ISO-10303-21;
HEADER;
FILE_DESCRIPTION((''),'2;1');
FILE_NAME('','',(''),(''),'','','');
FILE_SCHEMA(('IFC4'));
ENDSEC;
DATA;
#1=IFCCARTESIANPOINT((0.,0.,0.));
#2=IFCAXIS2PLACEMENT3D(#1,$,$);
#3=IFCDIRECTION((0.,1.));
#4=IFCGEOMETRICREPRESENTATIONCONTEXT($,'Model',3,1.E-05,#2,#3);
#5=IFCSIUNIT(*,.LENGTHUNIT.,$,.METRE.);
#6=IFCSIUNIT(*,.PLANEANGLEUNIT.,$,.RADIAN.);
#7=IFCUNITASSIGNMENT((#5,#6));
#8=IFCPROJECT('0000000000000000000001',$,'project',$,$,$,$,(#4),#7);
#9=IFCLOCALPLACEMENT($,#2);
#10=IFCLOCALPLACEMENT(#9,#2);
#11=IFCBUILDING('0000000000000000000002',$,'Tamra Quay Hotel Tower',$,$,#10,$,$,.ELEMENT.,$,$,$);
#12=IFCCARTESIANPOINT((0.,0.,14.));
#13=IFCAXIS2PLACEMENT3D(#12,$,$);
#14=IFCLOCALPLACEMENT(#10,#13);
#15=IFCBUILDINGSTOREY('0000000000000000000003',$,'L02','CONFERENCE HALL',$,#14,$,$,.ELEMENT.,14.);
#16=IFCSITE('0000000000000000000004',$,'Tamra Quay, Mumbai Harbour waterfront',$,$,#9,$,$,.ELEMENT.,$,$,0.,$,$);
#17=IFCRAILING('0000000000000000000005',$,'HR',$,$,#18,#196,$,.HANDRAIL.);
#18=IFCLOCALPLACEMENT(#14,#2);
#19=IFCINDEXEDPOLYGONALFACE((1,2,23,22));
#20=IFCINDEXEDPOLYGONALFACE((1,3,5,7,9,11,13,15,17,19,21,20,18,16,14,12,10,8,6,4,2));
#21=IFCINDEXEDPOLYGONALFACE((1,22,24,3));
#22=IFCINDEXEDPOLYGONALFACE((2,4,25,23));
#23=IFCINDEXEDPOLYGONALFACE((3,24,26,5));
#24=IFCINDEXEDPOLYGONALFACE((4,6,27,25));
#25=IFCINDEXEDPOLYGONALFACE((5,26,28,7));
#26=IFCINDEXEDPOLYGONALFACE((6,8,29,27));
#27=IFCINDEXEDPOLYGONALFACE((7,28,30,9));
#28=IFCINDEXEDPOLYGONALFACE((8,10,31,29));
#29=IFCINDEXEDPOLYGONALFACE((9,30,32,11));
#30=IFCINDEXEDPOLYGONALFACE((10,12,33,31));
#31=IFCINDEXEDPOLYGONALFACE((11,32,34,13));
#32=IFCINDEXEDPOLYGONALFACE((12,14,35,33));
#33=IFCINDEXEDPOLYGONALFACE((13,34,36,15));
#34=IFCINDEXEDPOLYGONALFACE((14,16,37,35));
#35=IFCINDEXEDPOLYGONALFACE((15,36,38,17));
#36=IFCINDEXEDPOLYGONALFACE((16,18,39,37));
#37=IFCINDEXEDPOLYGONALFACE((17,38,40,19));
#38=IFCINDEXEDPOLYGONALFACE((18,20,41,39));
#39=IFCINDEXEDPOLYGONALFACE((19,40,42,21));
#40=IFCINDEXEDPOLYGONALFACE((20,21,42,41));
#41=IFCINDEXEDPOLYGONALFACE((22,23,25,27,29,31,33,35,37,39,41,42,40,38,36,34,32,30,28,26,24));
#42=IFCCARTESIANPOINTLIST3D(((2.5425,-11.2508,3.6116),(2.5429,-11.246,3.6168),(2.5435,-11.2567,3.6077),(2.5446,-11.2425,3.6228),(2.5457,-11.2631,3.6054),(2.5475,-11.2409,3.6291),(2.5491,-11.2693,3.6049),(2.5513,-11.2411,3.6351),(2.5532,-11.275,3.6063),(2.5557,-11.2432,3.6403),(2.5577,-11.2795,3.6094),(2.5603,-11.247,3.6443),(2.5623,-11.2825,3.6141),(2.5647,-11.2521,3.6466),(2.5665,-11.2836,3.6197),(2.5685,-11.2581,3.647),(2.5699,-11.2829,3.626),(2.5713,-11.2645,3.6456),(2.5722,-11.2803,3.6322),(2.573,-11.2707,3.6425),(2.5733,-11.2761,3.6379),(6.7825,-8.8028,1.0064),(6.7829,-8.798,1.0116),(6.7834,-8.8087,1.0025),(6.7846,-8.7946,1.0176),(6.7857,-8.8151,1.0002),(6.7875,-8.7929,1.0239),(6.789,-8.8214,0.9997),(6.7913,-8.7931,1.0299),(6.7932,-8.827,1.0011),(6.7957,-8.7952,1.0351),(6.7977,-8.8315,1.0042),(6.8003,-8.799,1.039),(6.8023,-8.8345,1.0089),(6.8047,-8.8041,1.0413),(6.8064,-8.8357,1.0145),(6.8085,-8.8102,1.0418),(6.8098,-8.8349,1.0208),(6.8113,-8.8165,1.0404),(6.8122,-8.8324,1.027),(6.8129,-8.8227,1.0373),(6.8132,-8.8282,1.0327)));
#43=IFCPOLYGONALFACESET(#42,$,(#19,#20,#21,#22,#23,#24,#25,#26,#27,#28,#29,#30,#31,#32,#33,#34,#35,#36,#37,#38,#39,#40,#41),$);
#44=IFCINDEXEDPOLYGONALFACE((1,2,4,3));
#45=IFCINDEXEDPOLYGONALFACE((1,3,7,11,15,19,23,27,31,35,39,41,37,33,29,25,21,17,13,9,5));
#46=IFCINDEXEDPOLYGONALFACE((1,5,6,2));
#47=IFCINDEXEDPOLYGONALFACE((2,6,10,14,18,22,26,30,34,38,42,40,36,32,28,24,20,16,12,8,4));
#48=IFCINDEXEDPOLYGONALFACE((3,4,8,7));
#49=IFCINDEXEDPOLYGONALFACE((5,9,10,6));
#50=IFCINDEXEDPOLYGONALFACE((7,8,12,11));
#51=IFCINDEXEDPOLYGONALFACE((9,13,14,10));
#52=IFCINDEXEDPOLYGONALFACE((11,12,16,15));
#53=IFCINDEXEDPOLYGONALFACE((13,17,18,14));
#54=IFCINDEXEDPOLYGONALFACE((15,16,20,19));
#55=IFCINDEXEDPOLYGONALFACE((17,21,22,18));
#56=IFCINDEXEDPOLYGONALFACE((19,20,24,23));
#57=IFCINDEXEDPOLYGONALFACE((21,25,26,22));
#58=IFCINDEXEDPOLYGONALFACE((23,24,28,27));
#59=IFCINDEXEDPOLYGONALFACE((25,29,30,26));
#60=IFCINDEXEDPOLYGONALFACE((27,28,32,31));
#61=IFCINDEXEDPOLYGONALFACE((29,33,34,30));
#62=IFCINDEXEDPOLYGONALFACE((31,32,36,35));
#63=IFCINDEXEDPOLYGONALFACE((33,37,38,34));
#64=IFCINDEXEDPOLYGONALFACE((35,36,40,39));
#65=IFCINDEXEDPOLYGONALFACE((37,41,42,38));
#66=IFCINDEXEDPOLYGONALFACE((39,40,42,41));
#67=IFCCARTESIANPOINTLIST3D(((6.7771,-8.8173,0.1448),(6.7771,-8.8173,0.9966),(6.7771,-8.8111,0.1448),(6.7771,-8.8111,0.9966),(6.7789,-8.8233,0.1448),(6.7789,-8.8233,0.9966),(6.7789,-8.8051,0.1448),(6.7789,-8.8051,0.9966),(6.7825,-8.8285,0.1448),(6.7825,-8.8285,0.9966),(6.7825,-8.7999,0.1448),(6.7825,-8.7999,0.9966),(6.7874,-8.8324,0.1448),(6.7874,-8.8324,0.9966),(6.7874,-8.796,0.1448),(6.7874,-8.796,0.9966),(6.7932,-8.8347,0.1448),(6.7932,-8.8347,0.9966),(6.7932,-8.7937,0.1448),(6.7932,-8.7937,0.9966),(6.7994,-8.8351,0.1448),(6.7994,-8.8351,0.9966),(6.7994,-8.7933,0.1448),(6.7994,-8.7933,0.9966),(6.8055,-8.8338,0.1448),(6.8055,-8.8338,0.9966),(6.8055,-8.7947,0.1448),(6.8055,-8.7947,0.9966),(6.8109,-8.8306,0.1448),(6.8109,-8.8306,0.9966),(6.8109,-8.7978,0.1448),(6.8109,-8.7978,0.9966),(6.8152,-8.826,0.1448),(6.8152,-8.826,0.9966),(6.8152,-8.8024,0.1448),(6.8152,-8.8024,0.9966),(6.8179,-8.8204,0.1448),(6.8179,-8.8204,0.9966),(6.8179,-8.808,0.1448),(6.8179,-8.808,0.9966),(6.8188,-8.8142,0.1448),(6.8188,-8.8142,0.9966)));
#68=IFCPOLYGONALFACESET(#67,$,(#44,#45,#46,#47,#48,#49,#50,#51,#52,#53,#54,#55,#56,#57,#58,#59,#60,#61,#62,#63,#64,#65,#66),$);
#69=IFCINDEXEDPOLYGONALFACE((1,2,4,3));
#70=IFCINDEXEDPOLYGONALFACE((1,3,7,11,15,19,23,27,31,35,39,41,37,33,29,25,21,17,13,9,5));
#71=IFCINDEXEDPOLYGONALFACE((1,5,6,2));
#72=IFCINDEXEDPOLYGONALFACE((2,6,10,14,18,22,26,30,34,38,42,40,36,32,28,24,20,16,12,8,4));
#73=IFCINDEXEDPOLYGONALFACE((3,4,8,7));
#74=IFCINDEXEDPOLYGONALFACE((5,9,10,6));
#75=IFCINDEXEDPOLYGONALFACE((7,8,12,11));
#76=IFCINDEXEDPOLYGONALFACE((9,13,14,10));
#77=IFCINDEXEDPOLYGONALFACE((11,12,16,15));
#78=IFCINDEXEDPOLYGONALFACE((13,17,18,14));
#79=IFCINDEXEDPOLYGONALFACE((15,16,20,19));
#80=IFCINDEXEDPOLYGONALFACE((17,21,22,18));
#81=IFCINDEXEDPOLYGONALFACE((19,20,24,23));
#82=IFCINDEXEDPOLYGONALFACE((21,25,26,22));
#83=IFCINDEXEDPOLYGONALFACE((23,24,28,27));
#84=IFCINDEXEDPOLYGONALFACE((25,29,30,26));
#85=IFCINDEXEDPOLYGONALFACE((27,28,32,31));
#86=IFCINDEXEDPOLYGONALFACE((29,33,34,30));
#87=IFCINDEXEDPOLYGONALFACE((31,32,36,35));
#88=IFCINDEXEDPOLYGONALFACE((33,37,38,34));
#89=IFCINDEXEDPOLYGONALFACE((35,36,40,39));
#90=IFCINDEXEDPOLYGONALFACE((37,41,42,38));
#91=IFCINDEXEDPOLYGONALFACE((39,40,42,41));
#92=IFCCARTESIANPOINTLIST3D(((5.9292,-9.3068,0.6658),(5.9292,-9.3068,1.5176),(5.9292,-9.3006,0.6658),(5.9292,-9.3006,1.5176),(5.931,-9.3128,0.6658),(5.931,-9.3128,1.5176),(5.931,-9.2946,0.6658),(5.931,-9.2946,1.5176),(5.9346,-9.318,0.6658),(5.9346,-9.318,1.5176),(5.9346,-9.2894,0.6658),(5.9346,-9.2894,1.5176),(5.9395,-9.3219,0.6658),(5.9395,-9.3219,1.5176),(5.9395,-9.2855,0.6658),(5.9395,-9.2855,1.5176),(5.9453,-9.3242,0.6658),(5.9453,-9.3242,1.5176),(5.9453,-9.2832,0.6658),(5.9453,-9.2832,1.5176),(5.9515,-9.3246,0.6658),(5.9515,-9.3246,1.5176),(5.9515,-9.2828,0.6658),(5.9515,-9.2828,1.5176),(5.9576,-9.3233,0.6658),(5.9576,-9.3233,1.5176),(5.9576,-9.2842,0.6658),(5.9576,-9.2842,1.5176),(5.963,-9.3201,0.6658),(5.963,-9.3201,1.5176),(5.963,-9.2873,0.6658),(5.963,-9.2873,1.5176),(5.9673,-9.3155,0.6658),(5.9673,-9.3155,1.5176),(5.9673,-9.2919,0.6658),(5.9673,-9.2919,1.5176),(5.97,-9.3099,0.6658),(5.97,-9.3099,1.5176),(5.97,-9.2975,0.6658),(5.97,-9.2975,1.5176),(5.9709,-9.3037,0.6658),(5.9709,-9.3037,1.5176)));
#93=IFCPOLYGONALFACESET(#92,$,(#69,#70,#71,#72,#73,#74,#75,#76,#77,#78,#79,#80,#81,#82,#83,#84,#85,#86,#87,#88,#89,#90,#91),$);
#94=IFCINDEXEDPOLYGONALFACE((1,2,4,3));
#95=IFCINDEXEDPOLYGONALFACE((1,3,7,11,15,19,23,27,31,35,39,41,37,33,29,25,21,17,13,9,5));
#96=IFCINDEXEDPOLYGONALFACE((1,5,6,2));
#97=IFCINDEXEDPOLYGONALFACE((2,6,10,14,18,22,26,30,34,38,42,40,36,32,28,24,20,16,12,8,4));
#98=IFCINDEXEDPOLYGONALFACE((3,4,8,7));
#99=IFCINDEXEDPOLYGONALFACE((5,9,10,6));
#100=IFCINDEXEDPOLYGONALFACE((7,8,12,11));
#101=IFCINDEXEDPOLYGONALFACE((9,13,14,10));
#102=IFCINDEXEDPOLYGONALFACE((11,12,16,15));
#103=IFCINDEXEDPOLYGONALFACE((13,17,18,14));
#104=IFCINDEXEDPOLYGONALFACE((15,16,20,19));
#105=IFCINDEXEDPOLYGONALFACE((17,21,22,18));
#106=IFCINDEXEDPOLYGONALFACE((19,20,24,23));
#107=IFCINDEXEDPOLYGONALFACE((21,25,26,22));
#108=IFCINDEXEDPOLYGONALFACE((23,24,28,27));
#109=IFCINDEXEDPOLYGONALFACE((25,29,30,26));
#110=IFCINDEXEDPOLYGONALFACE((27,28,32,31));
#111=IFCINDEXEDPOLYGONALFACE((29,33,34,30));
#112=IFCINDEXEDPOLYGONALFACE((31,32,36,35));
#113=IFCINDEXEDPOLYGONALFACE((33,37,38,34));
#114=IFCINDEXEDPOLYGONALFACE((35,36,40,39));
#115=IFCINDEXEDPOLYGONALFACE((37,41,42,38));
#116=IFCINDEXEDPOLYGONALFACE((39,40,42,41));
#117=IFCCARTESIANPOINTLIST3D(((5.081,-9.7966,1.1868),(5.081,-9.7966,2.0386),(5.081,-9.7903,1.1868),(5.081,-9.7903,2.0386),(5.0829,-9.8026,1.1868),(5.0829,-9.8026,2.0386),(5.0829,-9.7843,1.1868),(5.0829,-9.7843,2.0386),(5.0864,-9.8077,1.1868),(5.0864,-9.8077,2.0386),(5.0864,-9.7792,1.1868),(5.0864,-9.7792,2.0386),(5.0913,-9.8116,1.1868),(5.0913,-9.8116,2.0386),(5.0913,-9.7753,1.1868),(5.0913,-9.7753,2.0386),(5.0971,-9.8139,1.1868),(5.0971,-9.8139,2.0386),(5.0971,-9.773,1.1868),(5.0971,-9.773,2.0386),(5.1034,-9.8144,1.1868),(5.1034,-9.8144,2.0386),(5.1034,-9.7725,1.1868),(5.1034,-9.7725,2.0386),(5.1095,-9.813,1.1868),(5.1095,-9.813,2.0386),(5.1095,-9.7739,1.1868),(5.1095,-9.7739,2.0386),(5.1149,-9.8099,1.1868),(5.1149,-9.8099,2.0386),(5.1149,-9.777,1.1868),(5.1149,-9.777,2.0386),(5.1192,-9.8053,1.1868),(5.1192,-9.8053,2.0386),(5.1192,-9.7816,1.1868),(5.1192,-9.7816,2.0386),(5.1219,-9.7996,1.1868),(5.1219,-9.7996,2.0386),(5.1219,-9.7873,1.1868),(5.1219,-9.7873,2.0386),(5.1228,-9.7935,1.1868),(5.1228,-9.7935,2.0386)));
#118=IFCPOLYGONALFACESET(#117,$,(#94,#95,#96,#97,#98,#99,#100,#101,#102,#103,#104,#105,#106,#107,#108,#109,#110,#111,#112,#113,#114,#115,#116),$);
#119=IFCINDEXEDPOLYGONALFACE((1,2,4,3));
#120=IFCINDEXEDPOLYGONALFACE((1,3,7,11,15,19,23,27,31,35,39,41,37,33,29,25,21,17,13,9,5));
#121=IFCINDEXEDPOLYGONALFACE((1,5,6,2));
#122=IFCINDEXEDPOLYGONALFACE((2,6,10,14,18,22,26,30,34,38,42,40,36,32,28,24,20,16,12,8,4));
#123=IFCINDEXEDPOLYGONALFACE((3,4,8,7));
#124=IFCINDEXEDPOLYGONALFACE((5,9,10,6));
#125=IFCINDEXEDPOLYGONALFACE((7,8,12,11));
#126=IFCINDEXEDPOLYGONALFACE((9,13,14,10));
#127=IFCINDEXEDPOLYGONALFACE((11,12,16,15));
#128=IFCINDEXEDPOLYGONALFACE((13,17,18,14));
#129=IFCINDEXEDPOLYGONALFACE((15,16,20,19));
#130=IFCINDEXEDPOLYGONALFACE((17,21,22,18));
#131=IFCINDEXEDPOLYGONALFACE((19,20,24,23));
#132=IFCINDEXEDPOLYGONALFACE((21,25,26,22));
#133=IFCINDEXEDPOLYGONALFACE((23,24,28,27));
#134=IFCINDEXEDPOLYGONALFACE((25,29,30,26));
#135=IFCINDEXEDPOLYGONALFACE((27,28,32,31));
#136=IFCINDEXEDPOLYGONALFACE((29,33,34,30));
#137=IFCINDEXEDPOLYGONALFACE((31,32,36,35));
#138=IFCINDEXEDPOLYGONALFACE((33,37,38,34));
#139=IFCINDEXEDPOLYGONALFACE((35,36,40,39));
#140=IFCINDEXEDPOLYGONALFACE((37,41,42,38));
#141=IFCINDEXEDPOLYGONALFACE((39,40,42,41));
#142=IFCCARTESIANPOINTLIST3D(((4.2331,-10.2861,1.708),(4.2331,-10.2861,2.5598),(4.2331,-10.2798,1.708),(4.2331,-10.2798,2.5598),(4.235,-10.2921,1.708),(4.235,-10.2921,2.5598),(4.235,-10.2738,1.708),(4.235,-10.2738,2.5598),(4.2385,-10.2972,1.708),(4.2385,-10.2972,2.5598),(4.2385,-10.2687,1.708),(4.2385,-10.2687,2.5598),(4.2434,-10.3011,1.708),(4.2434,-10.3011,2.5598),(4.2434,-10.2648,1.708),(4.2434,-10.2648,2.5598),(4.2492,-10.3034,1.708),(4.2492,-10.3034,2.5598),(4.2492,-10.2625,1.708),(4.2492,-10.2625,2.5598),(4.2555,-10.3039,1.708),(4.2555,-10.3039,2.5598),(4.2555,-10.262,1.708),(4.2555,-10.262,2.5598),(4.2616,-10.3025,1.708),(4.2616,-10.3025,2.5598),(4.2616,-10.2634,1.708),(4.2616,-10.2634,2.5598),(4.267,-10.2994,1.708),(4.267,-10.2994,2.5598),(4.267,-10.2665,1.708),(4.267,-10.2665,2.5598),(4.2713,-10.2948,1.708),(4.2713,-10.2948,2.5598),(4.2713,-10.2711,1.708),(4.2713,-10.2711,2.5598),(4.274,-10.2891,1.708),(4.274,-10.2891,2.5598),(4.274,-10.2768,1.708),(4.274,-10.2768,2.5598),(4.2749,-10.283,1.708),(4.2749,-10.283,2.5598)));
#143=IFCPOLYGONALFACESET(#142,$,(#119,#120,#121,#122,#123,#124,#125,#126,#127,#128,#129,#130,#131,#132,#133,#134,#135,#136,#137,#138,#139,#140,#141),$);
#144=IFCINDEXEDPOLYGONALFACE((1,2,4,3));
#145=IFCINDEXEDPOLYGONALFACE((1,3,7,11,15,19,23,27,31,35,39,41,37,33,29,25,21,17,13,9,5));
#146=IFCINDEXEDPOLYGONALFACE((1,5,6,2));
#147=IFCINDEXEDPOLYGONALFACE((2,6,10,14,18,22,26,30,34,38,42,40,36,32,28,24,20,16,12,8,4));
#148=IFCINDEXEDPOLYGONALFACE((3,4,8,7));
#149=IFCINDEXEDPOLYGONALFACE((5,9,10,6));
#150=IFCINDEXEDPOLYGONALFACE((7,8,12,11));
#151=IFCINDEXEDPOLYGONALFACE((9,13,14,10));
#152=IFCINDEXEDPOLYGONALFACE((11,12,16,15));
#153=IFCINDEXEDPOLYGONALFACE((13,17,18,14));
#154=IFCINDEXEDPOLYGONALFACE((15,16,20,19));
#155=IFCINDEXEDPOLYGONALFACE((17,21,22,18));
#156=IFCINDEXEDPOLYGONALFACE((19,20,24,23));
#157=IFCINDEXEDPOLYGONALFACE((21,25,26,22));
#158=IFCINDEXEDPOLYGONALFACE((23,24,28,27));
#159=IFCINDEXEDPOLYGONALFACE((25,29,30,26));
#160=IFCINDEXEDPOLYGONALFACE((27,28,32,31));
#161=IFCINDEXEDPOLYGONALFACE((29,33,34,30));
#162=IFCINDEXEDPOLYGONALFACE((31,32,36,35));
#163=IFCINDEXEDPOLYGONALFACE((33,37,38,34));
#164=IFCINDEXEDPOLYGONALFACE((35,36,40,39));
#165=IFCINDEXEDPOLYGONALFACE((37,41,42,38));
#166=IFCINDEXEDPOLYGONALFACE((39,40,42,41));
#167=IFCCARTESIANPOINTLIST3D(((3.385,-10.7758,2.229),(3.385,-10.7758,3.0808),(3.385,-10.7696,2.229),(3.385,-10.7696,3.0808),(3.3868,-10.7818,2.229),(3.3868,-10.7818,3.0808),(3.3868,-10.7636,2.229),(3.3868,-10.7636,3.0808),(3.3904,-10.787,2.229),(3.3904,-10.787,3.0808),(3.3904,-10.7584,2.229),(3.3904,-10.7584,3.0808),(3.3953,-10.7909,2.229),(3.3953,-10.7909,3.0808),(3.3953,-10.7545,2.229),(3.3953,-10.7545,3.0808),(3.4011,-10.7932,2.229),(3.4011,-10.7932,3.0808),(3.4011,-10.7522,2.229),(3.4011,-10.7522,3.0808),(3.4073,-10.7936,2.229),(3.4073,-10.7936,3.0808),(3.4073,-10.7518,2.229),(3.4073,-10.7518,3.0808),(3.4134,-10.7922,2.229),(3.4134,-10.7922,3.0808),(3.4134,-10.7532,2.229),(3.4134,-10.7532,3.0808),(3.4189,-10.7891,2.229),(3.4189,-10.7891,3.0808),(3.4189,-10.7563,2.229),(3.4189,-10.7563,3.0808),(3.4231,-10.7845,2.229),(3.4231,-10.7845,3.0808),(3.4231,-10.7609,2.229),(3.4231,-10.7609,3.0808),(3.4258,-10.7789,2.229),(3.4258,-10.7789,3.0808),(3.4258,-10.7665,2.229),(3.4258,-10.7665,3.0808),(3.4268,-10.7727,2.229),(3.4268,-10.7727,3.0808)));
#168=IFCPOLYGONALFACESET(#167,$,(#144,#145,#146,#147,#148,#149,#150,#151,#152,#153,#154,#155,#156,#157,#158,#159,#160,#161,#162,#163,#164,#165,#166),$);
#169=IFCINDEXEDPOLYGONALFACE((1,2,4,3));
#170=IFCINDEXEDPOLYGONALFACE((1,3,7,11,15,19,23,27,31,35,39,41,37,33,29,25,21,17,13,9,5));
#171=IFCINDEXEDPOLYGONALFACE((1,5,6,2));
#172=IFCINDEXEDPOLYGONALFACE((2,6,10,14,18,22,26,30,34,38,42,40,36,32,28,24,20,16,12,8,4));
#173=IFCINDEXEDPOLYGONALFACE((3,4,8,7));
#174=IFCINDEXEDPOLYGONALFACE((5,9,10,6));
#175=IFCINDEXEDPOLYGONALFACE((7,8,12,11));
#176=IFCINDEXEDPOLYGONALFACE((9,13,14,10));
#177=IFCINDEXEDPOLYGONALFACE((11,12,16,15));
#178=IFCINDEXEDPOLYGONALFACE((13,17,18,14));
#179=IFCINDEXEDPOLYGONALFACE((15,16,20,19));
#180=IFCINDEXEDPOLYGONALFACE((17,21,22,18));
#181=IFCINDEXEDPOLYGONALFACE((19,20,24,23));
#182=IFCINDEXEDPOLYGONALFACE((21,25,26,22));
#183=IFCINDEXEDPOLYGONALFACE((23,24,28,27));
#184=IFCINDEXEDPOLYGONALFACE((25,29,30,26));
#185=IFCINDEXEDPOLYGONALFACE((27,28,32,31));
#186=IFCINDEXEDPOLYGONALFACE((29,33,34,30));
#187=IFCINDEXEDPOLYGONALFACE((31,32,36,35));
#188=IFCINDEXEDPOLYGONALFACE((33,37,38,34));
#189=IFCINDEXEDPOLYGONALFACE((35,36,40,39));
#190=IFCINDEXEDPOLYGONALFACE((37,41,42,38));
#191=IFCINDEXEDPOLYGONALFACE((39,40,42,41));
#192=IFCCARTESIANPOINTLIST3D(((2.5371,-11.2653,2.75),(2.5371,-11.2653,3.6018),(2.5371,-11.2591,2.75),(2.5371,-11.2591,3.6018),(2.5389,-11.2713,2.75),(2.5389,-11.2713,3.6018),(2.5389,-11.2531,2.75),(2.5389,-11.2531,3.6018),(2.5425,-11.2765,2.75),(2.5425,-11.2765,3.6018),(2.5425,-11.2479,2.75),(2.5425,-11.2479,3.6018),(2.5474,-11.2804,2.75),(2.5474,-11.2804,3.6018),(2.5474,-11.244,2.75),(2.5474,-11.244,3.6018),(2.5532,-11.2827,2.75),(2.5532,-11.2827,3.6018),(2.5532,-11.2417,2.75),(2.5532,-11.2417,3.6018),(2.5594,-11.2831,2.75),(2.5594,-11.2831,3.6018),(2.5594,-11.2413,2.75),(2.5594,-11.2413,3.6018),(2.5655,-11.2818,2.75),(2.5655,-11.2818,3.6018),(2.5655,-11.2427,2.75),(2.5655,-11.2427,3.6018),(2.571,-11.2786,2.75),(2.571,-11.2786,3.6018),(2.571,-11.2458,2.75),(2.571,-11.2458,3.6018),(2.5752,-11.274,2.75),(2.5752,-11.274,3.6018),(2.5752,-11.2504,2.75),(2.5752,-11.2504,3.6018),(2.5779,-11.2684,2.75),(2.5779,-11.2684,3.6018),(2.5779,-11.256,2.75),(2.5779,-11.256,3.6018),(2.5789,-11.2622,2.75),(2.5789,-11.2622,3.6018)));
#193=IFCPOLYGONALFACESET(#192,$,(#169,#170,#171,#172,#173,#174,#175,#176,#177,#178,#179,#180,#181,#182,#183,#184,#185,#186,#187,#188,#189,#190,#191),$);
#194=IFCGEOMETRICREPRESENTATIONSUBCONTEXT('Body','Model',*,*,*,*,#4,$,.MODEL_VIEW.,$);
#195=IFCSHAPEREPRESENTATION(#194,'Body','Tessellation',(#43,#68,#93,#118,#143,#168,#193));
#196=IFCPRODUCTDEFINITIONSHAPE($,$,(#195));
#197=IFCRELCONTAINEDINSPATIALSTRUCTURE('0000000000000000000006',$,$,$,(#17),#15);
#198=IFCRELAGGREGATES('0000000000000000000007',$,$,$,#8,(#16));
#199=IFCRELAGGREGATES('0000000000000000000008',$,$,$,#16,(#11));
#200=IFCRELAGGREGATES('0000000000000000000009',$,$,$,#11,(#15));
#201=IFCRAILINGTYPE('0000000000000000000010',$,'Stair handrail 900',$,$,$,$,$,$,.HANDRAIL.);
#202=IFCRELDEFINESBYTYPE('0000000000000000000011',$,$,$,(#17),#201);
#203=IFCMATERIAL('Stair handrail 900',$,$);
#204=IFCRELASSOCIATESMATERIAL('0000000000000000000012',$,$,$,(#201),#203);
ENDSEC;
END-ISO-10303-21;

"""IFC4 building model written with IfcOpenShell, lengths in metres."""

from ifc_helpers import new_model, si_unit, direction, frame, origin, origin_2d, place, context, subcontext, project, spatial, circle, extrude, material, type_object, element, save


model = new_model("IFC4")

# Units and contexts
model_context = context("Model", 3, precision=1e-05, world=origin(), true_north=direction((0.0, 1.0)))
body_context = subcontext(model_context, "Body", "Model", "MODEL_VIEW")
ifc_project = project(units=[si_unit("LENGTHUNIT", "METRE"), si_unit("PLANEANGLEUNIT", "RADIAN")], contexts=[model_context])

# Site, building, storey
site_placement = place(None, origin())
site = spatial("IfcSite", under=ifc_project, at=site_placement, Name="Tamra Quay, Mumbai Harbour waterfront", CompositionType="ELEMENT", RefElevation=0.0)
building_placement = place(site_placement, origin())
building = spatial("IfcBuilding", under=site, at=building_placement, Name="Tamra Quay Hotel Tower", CompositionType="ELEMENT")
storey_placement = place(building_placement, frame((0.0, 0.0, 14.0)))
storey = spatial("IfcBuildingStorey", under=building, at=storey_placement, Name="L02", Description="CONFERENCE HALL", CompositionType="ELEMENT", Elevation=14.0)

# Railing
ifc_material_1 = material(Name="Stair handrail 900")
railing_type_1 = type_object("IfcRailingType", Name="Stair handrail 900", PredefinedType="HANDRAIL", material=ifc_material_1)
railing_1_placement = place(storey_placement, frame((6.7979, -8.8142, 0.1448)))
element("IfcRailing", 1, at=railing_1_placement, inside=storey, type_object=railing_type_1, Name="HR", PredefinedType="HANDRAIL", context=body_context, shape_type="SweptSolid", body=[
    extrude(circle(Radius=0.0239, at=origin_2d()), frame((0.0, 0.0, 0.876), z_axis=(-0.764522, -0.441404, 0.469754), x_axis=(0.500006, -0.866022, 0.0)), (0.0, 0.0, 1.0), 5.5459),
    extrude(circle(Radius=0.021, at=origin_2d()), origin(), (0.0, 0.0, 1.0), 0.8518),
    extrude(circle(Radius=0.021, at=origin_2d()), frame((-0.8479, -0.4895, 0.521)), (0.0, 0.0, 1.0), 0.8518),
    extrude(circle(Radius=0.021, at=origin_2d()), frame((-1.696, -0.9792, 1.042)), (0.0, 0.0, 1.0), 0.8518),
    extrude(circle(Radius=0.021, at=origin_2d()), frame((-2.5439, -1.4688, 1.5632)), (0.0, 0.0, 1.0), 0.8518),
    extrude(circle(Radius=0.021, at=origin_2d()), frame((-3.3921, -1.9585, 2.0842)), (0.0, 0.0, 1.0), 0.8518),
    extrude(circle(Radius=0.021, at=origin_2d()), frame((-4.24, -2.448, 2.6052)), (0.0, 0.0, 1.0), 0.8518),
])

save(model, "model.ifc")
